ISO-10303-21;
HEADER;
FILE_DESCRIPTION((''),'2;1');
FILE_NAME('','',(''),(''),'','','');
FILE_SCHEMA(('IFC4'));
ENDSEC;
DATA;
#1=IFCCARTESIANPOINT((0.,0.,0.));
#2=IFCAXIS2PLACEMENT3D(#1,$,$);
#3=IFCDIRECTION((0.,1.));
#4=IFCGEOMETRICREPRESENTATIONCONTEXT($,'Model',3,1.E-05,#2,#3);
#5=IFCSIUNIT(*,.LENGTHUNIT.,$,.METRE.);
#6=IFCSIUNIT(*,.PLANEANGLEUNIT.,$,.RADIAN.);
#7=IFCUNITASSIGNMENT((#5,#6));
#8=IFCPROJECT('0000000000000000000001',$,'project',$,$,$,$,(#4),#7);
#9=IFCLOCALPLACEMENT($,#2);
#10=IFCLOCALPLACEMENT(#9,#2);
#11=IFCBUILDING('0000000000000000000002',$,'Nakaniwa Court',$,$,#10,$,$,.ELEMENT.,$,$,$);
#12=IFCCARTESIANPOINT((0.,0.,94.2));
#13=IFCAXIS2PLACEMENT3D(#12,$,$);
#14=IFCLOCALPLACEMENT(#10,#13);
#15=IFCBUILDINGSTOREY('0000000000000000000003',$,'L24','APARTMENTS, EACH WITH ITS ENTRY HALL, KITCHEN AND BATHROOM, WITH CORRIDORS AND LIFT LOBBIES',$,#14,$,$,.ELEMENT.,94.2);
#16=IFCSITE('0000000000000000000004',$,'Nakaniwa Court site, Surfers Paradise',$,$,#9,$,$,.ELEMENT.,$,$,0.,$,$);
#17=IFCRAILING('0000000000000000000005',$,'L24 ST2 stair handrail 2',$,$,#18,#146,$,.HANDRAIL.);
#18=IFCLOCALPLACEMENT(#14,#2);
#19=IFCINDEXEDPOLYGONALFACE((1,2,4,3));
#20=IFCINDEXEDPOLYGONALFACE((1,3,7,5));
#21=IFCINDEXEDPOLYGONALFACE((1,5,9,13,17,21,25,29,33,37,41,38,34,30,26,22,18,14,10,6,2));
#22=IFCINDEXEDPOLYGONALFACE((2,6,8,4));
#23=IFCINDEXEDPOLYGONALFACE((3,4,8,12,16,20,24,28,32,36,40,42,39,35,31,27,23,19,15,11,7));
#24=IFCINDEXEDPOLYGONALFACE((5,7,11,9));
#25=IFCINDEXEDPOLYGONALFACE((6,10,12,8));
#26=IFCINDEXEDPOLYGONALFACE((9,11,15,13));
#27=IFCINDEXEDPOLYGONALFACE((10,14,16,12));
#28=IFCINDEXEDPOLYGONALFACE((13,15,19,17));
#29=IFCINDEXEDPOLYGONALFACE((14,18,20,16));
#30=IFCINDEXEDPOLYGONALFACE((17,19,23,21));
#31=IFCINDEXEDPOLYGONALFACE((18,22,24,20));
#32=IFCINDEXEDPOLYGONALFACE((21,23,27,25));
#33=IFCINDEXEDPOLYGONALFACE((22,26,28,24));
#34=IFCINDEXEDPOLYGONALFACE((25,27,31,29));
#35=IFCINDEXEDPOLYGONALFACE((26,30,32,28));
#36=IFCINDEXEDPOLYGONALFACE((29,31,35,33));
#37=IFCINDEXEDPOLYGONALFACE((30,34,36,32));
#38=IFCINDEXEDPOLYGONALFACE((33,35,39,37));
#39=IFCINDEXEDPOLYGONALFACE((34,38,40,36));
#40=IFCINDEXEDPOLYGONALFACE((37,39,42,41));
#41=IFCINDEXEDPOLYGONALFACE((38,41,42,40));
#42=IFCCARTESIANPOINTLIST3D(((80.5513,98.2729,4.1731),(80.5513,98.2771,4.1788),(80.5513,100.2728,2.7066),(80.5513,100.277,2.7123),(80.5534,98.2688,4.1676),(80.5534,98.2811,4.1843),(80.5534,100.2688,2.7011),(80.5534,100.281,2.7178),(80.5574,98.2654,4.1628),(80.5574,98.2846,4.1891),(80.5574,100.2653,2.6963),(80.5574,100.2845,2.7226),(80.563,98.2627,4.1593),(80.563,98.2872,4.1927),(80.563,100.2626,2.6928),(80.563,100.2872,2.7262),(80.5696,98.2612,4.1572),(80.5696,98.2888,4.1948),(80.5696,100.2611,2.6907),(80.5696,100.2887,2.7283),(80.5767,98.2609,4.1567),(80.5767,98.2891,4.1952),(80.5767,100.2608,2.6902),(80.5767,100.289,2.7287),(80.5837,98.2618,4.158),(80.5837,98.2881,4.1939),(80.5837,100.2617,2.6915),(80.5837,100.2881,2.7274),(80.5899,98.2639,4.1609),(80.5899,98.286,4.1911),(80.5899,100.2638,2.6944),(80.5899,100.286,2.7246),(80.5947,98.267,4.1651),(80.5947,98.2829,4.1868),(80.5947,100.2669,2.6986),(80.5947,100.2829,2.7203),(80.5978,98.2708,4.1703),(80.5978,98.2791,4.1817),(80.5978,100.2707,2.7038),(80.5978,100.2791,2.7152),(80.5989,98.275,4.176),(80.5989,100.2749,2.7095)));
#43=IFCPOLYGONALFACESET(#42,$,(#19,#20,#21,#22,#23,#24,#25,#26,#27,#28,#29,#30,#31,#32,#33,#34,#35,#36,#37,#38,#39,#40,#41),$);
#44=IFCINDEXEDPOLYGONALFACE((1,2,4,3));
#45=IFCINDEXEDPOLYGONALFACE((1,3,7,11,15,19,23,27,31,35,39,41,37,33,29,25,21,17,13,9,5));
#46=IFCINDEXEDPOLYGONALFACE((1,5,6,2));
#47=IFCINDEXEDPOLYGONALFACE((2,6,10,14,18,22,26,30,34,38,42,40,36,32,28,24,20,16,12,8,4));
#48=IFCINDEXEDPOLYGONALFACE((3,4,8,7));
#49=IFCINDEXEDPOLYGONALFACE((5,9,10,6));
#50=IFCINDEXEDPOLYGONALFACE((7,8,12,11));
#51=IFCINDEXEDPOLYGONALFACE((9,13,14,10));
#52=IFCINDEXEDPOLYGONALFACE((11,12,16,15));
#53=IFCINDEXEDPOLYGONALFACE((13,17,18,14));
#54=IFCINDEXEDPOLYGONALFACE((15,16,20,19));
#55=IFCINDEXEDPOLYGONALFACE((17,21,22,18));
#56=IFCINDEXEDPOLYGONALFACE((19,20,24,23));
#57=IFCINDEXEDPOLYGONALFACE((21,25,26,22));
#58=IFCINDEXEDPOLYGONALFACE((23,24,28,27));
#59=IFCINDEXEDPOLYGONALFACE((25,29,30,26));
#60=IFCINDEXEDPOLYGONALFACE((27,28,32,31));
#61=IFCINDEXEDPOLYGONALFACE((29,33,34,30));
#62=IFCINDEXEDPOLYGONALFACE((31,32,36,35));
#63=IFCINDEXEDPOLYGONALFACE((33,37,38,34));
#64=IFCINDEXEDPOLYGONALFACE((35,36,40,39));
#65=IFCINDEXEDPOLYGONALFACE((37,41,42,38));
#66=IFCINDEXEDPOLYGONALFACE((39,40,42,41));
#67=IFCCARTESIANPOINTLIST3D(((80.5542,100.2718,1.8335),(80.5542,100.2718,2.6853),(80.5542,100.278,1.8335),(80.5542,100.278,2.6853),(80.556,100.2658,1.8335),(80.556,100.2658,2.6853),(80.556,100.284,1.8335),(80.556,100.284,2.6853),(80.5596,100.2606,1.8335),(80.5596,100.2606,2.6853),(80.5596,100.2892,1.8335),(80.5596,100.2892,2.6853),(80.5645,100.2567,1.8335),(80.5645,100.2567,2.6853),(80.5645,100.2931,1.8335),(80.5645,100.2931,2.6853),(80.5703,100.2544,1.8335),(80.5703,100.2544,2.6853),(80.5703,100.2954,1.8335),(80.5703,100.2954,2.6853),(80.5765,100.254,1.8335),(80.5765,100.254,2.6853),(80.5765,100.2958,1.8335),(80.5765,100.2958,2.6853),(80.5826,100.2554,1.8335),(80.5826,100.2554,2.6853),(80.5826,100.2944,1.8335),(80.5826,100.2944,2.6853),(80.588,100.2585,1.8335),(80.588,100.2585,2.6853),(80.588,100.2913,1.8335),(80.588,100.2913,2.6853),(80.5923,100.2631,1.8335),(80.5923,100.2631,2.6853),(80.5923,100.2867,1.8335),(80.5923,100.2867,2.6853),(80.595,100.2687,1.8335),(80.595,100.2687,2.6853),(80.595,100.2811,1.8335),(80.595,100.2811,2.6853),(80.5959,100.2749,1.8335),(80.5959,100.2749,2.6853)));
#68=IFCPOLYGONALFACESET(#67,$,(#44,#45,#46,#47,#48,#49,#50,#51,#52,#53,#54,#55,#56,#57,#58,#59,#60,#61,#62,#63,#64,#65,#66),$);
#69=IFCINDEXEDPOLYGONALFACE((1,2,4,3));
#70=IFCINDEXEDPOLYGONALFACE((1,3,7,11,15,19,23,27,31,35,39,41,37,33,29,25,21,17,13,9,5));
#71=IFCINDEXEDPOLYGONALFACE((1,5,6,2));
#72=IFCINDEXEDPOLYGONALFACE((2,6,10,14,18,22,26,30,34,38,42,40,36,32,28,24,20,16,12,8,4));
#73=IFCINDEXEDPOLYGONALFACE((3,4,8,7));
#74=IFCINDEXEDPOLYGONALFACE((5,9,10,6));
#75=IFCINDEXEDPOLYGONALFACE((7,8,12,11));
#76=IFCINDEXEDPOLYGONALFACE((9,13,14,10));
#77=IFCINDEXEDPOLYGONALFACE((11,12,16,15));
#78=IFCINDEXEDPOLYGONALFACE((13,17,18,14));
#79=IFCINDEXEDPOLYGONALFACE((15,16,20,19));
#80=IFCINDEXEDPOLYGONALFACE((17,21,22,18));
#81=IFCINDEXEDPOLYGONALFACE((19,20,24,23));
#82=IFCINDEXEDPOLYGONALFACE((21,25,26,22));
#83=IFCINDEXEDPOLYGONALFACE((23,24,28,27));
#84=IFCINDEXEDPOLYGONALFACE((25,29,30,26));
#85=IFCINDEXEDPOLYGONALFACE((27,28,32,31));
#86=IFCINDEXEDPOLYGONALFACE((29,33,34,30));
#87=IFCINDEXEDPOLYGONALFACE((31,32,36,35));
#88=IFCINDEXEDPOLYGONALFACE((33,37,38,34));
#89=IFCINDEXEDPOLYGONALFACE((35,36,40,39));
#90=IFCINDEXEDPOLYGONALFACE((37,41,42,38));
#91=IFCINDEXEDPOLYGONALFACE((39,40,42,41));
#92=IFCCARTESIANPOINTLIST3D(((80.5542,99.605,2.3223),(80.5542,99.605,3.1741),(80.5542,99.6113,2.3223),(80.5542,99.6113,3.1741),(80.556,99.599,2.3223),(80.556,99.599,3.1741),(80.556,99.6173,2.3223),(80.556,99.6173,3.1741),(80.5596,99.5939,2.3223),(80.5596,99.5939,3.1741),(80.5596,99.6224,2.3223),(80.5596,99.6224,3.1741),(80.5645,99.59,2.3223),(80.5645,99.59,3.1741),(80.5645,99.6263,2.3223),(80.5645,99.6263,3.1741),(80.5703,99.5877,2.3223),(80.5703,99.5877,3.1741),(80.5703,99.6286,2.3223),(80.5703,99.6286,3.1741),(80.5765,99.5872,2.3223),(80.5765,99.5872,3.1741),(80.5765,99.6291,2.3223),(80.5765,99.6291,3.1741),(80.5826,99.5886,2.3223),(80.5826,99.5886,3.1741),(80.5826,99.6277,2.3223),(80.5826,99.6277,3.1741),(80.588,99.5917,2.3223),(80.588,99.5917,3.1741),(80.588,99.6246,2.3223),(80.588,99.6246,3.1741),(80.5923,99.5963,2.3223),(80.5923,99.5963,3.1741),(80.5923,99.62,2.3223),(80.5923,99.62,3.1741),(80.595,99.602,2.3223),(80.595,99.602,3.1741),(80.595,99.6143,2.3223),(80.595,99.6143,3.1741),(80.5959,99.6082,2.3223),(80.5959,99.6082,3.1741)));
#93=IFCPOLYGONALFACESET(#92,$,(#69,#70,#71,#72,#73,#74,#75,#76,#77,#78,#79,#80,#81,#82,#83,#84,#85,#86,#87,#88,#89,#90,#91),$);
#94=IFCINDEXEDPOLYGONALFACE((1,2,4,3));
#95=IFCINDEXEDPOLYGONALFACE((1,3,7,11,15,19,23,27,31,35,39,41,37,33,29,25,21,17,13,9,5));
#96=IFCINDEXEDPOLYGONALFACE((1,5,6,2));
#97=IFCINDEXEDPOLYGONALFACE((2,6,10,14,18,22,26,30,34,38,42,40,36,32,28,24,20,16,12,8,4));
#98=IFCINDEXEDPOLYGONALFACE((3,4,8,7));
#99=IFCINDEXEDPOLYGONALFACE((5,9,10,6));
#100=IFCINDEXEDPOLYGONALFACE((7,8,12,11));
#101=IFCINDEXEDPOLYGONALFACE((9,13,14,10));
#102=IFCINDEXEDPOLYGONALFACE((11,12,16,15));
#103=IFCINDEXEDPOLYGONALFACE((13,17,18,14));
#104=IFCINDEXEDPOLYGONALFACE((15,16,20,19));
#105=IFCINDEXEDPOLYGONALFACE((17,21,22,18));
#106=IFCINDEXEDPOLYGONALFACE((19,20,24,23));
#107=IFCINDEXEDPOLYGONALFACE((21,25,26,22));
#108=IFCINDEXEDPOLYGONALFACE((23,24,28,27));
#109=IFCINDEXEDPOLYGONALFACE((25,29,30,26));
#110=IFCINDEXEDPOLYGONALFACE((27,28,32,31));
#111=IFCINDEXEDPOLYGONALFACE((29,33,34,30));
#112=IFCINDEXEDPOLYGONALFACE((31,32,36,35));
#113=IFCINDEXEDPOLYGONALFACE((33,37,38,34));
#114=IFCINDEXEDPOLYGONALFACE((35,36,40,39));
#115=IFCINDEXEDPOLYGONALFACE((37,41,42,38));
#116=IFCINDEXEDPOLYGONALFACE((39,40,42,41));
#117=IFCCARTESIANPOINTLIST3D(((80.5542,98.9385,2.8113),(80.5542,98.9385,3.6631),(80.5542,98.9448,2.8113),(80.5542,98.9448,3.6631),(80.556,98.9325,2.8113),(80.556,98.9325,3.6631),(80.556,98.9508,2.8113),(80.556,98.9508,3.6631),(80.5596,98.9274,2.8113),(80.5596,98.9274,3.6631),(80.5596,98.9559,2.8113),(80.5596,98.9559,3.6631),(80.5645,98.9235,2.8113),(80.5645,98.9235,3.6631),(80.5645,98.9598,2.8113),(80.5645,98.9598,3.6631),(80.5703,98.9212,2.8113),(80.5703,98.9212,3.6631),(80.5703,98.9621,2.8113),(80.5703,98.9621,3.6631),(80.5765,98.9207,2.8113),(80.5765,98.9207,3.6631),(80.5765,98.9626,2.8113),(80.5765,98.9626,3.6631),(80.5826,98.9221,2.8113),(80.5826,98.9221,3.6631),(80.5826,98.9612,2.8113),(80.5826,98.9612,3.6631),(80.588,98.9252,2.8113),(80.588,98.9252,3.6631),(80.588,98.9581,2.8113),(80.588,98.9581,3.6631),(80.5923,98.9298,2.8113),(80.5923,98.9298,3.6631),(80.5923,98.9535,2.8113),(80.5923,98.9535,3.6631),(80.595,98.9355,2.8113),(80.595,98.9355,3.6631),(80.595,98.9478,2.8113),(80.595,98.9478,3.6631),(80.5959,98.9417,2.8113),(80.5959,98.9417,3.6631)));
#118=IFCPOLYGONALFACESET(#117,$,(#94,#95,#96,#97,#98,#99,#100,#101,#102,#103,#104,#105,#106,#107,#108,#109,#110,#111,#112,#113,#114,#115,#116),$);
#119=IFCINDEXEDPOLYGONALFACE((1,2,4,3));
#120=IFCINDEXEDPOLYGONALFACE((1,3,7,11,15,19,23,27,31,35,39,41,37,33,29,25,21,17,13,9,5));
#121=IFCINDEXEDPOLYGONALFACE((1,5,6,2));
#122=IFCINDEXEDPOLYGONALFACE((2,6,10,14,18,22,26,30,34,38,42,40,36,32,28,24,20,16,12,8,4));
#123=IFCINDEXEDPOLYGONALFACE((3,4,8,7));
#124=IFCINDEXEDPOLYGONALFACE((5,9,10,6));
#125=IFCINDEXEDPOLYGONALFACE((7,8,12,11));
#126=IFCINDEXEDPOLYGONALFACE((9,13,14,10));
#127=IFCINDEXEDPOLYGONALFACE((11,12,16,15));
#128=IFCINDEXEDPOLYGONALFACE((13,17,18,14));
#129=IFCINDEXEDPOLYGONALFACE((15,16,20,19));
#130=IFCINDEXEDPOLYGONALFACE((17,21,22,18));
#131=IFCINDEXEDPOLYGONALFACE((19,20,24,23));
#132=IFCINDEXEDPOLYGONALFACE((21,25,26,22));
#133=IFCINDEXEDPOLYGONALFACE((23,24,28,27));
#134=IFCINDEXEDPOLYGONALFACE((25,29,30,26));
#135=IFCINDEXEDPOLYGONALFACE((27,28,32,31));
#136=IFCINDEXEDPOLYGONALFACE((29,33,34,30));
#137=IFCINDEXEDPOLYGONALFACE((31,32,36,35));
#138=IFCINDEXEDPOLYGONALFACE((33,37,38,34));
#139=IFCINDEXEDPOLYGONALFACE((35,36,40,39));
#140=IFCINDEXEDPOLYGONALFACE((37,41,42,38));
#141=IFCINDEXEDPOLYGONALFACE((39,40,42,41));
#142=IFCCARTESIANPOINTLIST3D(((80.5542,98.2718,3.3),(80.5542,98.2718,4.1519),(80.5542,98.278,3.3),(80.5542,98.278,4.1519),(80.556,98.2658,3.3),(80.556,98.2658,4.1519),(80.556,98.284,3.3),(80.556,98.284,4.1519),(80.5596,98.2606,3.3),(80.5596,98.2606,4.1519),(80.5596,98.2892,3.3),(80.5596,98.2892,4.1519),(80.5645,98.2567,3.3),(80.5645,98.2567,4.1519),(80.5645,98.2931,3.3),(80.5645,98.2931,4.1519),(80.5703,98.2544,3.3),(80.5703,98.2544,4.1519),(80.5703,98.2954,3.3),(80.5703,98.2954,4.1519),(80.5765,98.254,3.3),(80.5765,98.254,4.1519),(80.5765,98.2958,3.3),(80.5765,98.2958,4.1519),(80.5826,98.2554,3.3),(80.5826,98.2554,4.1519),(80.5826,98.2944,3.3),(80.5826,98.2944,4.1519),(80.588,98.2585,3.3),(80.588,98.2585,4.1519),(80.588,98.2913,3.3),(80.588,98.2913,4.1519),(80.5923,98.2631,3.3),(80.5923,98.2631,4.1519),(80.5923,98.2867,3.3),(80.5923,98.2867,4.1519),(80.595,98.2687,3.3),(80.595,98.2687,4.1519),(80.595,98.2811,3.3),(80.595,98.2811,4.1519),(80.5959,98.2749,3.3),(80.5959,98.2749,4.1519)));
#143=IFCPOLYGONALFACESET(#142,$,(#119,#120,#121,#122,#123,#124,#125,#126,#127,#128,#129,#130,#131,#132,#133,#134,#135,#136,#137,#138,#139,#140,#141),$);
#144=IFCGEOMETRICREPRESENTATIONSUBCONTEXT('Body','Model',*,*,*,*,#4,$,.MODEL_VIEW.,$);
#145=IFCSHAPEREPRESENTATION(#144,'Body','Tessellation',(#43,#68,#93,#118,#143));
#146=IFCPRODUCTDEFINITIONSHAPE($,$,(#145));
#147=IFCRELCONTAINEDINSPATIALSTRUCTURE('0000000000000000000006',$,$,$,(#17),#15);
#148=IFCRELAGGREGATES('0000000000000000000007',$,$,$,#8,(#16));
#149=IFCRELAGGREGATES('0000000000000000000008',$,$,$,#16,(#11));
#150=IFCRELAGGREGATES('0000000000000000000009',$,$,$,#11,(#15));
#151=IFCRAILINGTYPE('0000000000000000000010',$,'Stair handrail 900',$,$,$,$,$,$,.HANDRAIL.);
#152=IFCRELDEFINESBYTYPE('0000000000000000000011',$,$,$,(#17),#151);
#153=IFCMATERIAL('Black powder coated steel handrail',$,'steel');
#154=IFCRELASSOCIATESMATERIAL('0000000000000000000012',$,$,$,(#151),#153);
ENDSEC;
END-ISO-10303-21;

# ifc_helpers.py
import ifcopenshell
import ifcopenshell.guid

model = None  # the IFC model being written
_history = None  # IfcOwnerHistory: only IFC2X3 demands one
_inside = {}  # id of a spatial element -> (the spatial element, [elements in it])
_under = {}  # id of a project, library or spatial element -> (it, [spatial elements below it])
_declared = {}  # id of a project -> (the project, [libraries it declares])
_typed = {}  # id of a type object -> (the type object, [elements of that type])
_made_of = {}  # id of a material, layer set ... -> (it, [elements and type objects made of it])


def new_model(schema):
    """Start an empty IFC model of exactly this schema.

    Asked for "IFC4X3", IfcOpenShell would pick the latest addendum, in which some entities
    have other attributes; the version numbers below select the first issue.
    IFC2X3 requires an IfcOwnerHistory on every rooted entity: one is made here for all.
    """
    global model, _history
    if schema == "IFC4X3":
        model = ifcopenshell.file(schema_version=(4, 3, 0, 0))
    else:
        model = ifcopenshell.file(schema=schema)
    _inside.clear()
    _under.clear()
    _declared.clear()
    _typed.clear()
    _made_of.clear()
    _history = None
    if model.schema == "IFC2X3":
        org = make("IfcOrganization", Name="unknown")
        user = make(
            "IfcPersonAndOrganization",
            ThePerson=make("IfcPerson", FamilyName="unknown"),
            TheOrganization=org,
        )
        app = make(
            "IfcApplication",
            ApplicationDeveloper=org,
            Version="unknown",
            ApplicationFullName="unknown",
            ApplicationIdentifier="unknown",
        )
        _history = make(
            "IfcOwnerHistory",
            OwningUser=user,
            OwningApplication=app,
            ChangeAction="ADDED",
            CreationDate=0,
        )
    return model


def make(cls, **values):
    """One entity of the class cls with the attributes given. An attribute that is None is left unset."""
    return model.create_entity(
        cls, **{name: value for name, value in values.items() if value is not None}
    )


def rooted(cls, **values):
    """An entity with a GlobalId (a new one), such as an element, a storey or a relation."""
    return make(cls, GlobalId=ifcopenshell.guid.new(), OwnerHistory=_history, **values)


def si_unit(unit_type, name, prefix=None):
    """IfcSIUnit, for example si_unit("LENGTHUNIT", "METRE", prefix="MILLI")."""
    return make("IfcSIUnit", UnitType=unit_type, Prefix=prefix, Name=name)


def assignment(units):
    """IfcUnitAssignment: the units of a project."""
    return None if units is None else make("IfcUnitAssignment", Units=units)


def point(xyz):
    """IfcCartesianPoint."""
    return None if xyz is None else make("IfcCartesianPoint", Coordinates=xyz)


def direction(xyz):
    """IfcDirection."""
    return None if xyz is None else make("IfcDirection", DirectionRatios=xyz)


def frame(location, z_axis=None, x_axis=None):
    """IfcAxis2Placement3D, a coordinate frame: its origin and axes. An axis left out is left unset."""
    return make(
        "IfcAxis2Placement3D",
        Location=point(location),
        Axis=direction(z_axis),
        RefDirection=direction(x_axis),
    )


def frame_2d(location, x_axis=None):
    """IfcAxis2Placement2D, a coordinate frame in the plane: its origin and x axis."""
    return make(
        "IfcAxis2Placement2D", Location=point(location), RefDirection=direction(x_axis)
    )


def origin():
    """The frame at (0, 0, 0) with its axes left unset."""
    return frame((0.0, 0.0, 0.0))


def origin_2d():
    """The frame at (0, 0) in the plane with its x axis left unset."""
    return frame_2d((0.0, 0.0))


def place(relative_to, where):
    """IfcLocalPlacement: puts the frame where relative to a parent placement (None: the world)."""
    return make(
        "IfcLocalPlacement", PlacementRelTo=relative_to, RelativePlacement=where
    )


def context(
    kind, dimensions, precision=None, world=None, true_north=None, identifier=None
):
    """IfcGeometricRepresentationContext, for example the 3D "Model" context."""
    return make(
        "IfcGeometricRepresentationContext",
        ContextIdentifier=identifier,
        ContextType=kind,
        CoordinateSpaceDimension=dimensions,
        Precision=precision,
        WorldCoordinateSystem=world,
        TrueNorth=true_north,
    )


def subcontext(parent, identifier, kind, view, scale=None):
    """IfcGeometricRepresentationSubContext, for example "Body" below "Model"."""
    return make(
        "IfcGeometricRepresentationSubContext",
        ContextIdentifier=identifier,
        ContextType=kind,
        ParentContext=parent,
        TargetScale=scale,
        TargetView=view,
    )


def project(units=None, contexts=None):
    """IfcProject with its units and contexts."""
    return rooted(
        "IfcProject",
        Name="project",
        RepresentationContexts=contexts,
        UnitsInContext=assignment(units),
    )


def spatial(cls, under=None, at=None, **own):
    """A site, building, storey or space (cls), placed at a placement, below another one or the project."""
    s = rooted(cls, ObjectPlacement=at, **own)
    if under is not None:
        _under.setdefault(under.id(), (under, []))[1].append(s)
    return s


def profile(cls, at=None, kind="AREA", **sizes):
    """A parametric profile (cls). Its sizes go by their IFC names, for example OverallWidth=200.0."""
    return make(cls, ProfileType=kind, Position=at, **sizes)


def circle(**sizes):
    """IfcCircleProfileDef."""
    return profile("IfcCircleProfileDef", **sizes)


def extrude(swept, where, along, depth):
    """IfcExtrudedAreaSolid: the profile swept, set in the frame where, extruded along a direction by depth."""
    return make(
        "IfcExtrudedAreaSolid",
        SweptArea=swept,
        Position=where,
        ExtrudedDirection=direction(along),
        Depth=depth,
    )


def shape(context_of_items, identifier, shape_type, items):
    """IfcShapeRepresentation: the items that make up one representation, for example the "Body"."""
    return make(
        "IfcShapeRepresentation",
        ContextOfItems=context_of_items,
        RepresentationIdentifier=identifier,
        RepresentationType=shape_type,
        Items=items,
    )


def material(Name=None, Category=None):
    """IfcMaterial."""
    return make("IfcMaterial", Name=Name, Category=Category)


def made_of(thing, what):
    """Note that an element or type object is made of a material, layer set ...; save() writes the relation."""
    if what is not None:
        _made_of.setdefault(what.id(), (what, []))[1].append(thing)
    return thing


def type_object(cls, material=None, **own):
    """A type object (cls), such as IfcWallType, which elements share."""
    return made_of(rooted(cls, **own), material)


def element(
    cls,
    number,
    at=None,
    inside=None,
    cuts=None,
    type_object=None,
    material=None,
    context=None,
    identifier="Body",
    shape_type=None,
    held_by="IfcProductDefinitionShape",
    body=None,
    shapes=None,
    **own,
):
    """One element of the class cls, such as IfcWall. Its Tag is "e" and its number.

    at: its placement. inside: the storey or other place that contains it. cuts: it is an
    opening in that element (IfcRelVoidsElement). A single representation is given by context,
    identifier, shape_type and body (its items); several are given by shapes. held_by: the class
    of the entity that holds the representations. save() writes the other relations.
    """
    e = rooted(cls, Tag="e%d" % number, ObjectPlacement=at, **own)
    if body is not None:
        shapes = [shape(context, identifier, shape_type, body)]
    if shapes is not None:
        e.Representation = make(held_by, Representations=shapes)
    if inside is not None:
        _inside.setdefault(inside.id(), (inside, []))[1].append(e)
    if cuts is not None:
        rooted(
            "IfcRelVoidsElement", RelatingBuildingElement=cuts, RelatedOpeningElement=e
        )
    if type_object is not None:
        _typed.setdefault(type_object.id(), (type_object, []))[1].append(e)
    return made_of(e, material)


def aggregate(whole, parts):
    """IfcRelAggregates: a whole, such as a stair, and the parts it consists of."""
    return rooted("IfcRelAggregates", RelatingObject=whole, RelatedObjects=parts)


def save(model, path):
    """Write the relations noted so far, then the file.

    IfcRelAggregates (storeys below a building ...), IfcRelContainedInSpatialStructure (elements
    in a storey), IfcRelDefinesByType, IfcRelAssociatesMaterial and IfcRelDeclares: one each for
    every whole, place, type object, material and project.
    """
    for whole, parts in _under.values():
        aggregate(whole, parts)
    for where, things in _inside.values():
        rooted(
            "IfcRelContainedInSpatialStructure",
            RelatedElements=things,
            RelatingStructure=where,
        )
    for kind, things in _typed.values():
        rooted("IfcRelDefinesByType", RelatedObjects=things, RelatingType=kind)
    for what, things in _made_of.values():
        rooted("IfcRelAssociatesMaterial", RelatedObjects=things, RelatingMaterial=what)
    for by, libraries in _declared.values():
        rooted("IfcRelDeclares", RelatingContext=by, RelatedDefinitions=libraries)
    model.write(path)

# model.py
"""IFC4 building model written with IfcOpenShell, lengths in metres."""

from ifc_helpers import new_model, si_unit, direction, frame, origin, origin_2d, place, context, subcontext, project, spatial, circle, extrude, material, type_object, element, save


model = new_model("IFC4")

# Units and contexts
model_context = context("Model", 3, precision=1e-05, world=origin(), true_north=direction((0.0, 1.0)))
body_context = subcontext(model_context, "Body", "Model", "MODEL_VIEW")
ifc_project = project(units=[si_unit("LENGTHUNIT", "METRE"), si_unit("PLANEANGLEUNIT", "RADIAN")], contexts=[model_context])

# Site, building, storey
site_placement = place(None, origin())
site = spatial("IfcSite", under=ifc_project, at=site_placement, Name="Nakaniwa Court site, Surfers Paradise", CompositionType="ELEMENT", RefElevation=0.0)
building_placement = place(site_placement, origin())
building = spatial("IfcBuilding", under=site, at=building_placement, Name="Nakaniwa Court", CompositionType="ELEMENT")
storey_placement = place(building_placement, frame((0.0, 0.0, 94.2)))
storey = spatial("IfcBuildingStorey", under=building, at=storey_placement, Name="L24", Description="APARTMENTS, EACH WITH ITS ENTRY HALL, KITCHEN AND BATHROOM, WITH CORRIDORS AND LIFT LOBBIES", CompositionType="ELEMENT", Elevation=94.2)

# Railing
ifc_material_1 = material(Name="Black powder coated steel handrail", Category="steel")
railing_type_1 = type_object("IfcRailingType", Name="Stair handrail 900", PredefinedType="HANDRAIL", material=ifc_material_1)
railing_1_placement = place(storey_placement, frame((80.575, 100.2749, 1.8335)))
element("IfcRailing", 1, at=railing_1_placement, inside=storey, type_object=railing_type_1, Name="L24 ST2 stair handrail 2", PredefinedType="HANDRAIL", context=body_context, shape_type="SweptSolid", body=[
    extrude(circle(Radius=0.0239, at=origin_2d()), frame((0.0, 0.0, 0.876), z_axis=(0.0, -0.806427, 0.591334), x_axis=(1.0, 0.0, 0.0)), (0.0, 0.0, 1.0), 2.48),
    extrude(circle(Radius=0.021, at=origin_2d()), origin(), (0.0, 0.0, 1.0), 0.8518),
    extrude(circle(Radius=0.021, at=origin_2d()), frame((0.0, -0.6667, 0.4888)), (0.0, 0.0, 1.0), 0.8518),
    extrude(circle(Radius=0.021, at=origin_2d()), frame((0.0, -1.3333, 0.9778)), (0.0, 0.0, 1.0), 0.8518),
    extrude(circle(Radius=0.021, at=origin_2d()), frame((0.0, -2.0, 1.4666)), (0.0, 0.0, 1.0), 0.8518),
])

save(model, "model.ifc")
